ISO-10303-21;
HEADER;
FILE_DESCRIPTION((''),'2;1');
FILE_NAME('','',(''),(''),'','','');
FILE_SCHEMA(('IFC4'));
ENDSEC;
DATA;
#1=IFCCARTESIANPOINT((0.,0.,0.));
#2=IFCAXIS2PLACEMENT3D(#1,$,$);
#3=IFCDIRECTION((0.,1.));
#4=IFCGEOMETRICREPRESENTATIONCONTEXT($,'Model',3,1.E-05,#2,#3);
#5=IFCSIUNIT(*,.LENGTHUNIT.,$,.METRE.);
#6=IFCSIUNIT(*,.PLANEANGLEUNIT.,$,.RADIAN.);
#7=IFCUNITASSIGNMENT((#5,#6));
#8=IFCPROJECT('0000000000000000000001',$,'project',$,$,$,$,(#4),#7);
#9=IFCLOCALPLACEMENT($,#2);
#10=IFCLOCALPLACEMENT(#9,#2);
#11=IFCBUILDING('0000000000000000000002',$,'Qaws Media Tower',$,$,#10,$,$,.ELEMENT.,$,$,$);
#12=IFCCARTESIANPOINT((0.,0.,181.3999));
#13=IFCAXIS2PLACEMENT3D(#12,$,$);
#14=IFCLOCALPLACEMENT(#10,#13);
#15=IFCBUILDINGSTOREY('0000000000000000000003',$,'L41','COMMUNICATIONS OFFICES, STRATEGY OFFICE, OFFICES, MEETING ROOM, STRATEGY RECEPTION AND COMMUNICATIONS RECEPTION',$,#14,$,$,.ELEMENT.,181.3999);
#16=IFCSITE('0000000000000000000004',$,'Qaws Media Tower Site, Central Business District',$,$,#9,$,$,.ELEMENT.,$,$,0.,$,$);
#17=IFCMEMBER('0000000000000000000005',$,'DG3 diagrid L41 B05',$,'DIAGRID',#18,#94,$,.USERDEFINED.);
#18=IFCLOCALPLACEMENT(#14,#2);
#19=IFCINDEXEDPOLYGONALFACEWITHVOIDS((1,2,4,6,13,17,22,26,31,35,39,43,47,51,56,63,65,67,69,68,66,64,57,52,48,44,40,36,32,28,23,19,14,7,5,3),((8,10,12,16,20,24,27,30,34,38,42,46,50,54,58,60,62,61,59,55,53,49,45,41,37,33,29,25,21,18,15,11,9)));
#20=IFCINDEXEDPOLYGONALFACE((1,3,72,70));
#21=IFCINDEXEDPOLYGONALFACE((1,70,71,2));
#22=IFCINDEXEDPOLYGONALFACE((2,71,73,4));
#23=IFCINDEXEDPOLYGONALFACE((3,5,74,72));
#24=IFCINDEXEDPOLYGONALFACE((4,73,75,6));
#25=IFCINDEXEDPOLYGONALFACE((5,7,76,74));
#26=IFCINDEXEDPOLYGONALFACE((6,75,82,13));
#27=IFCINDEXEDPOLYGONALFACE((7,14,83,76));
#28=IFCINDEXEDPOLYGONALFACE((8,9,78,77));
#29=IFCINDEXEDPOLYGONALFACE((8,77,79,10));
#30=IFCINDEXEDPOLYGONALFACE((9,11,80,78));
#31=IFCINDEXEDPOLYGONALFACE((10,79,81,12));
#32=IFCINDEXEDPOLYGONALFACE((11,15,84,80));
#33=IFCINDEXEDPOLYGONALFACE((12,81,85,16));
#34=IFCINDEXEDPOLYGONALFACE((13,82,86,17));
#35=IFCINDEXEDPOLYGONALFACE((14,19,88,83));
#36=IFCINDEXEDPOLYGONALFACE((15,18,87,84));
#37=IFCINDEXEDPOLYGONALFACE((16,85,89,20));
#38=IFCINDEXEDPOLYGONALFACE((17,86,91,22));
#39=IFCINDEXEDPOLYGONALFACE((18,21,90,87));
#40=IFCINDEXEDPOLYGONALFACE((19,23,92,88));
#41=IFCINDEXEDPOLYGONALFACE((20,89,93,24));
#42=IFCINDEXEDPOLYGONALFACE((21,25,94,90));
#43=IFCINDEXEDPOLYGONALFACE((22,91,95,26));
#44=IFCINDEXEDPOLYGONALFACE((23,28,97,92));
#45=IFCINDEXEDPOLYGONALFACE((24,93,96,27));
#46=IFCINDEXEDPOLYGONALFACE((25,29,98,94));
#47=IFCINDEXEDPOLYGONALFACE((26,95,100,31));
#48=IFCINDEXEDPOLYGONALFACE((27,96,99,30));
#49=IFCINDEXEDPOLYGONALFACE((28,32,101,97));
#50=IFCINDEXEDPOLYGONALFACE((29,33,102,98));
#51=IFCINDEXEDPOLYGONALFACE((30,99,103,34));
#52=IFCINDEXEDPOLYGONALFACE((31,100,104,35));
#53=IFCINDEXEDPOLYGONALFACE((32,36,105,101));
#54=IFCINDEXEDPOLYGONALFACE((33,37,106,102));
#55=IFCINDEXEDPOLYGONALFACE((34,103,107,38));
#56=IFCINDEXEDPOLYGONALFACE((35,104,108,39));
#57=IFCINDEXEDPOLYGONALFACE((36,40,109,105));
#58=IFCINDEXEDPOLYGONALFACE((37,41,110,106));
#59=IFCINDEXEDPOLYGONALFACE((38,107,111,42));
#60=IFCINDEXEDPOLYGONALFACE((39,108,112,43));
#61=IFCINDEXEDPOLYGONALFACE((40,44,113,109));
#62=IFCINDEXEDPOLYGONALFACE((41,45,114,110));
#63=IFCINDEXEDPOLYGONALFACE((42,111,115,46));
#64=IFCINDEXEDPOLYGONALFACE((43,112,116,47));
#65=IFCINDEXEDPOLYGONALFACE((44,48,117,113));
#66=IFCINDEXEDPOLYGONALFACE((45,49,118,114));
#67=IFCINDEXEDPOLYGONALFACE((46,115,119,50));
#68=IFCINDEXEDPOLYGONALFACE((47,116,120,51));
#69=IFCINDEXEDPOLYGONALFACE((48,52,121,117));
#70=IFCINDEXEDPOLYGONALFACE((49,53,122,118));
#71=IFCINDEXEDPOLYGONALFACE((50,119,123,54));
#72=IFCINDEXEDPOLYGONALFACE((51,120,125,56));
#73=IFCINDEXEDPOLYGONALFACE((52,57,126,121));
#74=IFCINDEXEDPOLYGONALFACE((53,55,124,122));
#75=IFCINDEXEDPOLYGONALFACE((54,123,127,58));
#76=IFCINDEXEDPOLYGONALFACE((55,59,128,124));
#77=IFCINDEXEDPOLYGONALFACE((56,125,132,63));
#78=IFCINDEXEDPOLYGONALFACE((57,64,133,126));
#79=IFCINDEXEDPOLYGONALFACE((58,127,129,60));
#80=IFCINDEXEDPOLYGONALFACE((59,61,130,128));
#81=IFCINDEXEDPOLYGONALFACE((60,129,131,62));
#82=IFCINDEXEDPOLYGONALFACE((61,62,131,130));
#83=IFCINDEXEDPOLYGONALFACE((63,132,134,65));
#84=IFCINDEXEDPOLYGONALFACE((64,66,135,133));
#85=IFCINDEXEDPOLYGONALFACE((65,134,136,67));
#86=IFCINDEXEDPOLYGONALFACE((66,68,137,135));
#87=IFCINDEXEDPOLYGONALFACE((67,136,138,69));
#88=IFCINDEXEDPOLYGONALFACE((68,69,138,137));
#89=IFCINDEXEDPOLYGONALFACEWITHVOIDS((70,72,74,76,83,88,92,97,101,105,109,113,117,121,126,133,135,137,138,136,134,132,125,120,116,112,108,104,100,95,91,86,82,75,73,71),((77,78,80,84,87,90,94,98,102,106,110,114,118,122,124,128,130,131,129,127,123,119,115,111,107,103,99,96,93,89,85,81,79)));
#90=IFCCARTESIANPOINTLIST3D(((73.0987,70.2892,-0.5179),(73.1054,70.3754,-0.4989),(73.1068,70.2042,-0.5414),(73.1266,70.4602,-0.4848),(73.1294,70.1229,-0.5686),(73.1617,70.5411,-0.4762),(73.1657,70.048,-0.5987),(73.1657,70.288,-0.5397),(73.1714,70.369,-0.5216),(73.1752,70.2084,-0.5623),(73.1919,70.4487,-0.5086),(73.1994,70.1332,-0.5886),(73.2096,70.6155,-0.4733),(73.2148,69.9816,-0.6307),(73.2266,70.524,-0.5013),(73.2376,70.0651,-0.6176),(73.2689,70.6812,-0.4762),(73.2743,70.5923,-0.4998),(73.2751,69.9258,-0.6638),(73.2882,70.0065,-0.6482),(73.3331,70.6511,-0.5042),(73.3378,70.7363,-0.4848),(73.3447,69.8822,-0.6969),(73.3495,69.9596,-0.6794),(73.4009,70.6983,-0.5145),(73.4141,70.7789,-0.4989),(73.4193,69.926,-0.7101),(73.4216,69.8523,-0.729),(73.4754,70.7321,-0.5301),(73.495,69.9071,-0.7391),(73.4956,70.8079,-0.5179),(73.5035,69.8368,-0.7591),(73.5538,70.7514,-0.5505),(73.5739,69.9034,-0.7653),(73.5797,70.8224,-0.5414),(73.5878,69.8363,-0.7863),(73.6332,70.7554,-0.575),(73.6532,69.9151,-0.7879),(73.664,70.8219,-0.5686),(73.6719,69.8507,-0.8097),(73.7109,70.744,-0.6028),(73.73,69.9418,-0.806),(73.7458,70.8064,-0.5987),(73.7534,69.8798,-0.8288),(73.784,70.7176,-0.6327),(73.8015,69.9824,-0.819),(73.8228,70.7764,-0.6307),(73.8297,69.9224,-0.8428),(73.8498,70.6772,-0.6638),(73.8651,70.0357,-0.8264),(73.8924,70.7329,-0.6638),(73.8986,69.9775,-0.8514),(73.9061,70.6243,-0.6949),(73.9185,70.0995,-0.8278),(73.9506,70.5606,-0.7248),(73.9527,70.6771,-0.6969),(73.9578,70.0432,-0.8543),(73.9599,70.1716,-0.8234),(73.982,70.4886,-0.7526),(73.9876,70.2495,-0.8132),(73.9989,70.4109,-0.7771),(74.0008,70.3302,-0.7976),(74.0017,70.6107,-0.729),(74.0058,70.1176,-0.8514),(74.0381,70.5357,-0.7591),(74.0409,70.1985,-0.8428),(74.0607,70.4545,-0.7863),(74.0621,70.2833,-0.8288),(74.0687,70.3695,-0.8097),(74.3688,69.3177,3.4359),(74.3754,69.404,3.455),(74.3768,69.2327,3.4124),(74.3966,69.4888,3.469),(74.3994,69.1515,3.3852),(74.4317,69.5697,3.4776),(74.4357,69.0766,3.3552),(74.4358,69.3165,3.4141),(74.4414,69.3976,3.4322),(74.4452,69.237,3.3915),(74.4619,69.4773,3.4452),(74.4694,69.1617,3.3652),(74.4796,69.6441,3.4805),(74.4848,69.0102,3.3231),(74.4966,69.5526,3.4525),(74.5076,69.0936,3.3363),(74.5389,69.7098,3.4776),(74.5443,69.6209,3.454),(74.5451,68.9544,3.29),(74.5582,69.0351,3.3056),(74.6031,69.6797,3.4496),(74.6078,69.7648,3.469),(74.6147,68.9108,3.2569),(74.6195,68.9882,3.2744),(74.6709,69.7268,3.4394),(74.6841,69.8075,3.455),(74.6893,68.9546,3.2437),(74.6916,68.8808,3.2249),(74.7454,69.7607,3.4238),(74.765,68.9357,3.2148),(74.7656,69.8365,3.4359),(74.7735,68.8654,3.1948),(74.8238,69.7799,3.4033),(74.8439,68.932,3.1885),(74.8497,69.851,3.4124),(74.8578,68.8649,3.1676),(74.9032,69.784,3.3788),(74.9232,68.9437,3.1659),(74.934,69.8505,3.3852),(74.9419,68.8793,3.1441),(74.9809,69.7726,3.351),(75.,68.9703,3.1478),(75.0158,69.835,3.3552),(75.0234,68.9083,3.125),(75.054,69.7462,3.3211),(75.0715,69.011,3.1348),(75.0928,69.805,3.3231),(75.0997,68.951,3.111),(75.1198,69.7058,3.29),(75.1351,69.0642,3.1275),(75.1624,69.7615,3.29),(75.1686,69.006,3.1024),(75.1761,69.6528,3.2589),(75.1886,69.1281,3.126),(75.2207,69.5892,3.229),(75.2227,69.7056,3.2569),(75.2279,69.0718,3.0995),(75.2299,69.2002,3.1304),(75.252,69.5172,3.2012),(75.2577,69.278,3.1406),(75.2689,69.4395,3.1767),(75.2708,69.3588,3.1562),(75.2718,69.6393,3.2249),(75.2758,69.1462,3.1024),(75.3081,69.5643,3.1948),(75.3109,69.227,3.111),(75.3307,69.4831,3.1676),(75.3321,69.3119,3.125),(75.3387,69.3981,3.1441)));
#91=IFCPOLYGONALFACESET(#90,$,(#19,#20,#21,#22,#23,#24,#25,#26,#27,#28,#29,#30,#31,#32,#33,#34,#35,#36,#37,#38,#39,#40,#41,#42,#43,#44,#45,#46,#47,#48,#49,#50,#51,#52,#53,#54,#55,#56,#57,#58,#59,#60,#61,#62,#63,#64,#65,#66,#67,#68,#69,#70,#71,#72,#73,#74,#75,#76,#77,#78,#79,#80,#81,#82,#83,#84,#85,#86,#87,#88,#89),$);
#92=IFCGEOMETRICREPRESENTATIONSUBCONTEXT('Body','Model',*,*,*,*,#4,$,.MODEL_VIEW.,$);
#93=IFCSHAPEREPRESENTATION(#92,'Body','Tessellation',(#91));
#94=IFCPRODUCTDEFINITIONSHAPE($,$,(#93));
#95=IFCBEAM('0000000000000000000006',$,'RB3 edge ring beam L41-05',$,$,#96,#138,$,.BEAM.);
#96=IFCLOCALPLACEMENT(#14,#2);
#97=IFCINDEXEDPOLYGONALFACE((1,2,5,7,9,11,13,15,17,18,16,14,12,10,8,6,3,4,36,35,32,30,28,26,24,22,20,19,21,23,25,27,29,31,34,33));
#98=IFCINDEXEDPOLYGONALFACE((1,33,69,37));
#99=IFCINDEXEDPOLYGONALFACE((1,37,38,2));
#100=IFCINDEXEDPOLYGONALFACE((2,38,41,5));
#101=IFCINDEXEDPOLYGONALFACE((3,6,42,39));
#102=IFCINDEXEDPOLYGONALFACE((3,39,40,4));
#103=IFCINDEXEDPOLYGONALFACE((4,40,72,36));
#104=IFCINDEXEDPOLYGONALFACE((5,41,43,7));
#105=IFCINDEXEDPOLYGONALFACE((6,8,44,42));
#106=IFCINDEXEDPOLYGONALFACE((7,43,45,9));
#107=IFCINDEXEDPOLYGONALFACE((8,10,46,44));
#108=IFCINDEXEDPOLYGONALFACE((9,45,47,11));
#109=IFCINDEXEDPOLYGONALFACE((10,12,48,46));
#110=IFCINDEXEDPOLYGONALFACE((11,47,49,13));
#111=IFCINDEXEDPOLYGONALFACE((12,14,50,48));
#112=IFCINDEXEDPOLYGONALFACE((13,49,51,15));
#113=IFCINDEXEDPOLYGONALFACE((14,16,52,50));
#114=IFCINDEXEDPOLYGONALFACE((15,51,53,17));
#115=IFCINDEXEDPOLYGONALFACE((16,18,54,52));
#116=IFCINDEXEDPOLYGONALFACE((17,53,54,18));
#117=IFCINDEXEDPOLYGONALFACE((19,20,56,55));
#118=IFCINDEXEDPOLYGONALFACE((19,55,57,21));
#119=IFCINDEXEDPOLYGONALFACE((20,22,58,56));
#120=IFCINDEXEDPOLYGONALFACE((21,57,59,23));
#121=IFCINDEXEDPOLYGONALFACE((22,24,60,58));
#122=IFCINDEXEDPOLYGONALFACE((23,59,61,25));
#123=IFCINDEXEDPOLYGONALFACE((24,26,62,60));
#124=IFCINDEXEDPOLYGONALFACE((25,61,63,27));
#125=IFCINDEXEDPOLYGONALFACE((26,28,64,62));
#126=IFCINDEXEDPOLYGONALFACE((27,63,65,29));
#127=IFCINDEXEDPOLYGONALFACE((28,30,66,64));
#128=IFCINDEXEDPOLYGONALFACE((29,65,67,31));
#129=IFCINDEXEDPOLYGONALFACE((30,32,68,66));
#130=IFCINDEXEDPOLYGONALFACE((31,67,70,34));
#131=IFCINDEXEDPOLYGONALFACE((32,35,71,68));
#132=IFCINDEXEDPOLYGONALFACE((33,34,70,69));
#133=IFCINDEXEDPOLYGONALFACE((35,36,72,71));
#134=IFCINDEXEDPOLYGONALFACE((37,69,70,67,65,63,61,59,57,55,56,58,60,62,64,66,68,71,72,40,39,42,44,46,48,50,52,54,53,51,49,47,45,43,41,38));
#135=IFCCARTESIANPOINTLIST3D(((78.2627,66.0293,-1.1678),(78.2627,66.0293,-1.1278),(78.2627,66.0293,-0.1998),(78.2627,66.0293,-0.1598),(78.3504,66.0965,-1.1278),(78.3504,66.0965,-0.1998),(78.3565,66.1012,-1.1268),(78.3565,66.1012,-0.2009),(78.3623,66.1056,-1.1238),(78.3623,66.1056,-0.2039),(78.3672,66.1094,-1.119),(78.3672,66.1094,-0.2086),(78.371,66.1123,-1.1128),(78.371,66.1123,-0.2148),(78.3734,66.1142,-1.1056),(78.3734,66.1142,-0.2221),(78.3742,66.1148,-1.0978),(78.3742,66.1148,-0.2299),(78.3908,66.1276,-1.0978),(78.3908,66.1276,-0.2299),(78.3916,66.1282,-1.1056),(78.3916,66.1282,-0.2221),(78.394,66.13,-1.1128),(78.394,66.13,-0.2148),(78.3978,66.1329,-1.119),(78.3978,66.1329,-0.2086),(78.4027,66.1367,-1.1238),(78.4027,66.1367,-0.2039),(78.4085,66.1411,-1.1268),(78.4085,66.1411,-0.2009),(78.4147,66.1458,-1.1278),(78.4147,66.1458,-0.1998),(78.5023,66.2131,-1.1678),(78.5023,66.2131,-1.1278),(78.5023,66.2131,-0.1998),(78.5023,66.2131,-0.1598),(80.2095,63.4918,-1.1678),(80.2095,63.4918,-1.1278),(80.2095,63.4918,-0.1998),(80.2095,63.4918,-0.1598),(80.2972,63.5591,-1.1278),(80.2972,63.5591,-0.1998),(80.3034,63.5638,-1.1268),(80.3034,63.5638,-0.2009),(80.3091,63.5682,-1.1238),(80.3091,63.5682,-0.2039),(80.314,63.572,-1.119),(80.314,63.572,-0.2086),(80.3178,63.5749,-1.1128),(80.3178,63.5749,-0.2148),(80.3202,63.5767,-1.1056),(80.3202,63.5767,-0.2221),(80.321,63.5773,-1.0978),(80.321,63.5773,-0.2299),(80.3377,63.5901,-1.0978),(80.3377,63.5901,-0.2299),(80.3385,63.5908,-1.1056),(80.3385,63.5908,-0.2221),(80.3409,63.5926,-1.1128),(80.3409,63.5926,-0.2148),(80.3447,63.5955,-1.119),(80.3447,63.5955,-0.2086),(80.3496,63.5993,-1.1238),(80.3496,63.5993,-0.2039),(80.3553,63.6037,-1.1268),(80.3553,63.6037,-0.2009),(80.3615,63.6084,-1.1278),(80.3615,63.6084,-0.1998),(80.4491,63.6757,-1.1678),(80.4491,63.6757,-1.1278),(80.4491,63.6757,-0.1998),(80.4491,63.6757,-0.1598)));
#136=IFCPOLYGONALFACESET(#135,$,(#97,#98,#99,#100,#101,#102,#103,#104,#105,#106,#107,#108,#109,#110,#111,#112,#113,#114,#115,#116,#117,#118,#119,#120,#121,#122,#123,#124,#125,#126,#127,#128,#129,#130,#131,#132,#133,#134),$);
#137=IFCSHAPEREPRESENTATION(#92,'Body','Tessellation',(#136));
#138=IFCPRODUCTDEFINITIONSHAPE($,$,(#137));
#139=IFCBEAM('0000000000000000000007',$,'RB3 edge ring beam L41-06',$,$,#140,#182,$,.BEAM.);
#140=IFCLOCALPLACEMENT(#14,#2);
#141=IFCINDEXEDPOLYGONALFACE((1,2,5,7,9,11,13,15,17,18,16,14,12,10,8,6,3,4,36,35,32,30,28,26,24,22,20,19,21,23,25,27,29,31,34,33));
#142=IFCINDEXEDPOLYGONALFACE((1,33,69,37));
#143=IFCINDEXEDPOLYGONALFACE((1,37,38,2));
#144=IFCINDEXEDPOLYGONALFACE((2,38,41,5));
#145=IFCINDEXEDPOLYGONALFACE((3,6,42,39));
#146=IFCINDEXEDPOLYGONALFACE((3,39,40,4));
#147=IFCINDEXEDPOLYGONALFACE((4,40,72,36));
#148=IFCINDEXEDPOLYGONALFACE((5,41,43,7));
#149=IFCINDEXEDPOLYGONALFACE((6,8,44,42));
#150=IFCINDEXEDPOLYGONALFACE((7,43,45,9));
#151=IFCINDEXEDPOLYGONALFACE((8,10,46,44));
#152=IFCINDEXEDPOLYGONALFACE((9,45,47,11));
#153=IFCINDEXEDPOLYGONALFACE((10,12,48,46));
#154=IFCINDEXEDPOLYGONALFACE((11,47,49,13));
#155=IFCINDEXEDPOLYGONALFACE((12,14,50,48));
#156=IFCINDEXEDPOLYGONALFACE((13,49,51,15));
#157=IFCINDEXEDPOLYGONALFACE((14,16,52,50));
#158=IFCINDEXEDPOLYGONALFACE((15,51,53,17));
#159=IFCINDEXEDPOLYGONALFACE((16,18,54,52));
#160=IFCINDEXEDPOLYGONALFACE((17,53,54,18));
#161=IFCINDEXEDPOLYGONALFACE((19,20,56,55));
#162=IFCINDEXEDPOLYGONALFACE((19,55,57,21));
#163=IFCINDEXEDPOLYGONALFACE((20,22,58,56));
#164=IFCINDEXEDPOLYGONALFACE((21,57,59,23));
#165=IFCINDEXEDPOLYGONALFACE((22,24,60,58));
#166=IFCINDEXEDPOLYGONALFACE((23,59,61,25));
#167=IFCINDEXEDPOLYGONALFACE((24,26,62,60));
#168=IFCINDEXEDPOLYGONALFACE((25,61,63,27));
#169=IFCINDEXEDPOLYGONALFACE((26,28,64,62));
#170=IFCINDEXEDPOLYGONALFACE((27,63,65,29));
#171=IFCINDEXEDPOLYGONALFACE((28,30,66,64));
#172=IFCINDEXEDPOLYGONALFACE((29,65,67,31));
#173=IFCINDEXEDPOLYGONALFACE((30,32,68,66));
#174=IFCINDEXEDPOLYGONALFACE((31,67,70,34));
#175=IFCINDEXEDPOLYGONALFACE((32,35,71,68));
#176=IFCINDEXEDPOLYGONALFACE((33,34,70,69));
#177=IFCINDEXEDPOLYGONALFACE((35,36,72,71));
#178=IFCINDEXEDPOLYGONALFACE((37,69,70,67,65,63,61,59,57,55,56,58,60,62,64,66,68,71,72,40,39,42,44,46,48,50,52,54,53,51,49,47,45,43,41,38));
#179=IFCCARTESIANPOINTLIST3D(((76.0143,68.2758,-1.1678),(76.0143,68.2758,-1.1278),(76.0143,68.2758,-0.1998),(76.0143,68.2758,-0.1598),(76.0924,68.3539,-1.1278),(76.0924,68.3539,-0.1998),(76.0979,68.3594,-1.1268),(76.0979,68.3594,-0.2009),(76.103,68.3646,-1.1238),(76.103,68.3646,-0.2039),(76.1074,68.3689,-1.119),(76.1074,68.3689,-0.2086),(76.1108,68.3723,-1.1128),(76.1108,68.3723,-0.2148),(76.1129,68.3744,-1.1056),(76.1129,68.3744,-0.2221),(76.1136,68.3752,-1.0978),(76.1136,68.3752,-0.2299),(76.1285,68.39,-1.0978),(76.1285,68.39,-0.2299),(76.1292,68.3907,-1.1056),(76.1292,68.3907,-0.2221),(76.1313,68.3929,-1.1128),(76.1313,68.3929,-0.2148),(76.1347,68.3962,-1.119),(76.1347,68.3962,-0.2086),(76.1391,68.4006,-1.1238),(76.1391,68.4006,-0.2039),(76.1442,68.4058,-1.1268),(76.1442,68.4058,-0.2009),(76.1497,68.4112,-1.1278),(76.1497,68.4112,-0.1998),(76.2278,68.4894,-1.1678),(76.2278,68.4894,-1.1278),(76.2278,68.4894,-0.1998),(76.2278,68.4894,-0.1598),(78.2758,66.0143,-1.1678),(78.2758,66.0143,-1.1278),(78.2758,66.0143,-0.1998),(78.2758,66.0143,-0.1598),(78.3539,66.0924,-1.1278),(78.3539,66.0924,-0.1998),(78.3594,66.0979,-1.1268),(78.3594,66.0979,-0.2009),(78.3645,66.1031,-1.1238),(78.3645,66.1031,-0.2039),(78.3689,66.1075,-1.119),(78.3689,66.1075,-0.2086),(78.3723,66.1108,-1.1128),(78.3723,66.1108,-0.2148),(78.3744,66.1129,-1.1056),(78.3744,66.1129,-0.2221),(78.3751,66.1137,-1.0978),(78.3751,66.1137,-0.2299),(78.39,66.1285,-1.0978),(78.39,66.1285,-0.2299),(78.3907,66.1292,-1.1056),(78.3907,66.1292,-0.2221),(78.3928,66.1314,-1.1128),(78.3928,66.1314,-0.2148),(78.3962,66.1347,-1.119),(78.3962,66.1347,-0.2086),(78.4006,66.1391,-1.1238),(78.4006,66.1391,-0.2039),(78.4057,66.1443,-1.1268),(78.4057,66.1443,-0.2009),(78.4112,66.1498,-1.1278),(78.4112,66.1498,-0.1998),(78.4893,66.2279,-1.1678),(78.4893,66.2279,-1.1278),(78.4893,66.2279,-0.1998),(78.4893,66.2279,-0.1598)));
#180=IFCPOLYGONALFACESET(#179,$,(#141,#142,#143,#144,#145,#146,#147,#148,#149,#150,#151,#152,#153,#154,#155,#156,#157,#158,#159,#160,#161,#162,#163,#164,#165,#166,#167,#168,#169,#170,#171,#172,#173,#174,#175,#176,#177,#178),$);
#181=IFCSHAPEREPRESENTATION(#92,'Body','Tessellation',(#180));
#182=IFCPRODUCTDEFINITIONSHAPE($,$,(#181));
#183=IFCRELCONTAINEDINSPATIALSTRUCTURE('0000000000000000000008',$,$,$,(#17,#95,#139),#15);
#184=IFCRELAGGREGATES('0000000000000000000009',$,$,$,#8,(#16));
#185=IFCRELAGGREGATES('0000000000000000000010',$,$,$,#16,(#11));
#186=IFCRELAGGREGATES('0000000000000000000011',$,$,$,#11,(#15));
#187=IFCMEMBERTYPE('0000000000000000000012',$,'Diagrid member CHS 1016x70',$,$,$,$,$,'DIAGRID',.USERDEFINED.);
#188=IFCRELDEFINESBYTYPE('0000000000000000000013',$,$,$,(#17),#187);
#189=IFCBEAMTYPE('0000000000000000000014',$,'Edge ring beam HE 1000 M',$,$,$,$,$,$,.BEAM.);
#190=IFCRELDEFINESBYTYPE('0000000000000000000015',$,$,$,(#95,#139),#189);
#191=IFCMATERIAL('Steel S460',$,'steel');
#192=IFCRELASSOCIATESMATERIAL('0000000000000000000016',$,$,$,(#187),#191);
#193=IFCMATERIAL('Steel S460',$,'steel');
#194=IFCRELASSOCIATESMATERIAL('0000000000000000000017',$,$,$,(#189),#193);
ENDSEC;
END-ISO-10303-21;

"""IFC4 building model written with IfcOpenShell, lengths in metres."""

from ifc_helpers import new_model, si_unit, direction, frame, origin, origin_2d, place, context, subcontext, project, spatial, hollow_circle, i_section, extrude, material, material_profile, profile_set, type_object, element, save


model = new_model("IFC4")

# Units and contexts
model_context = context("Model", 3, precision=1e-05, world=origin(), true_north=direction((0.0, 1.0)))
body_context = subcontext(model_context, "Body", "Model", "MODEL_VIEW")
ifc_project = project(units=[si_unit("LENGTHUNIT", "METRE"), si_unit("PLANEANGLEUNIT", "RADIAN")], contexts=[model_context])

# Site, building, storey
site_placement = place(None, origin())
site = spatial("IfcSite", under=ifc_project, at=site_placement, Name="Qaws Media Tower Site, Central Business District", CompositionType="ELEMENT", RefElevation=0.0)
building_placement = place(site_placement, origin())
building = spatial("IfcBuilding", under=site, at=building_placement, Name="Qaws Media Tower", CompositionType="ELEMENT")
storey_placement = place(building_placement, frame((0.0, 0.0, 181.3999)))
storey = spatial("IfcBuildingStorey", under=building, at=storey_placement, Name="L41", Description="COMMUNICATIONS OFFICES, STRATEGY OFFICE, OFFICES, MEETING ROOM, STRATEGY RECEPTION AND COMMUNICATIONS RECEPTION", CompositionType="ELEMENT", Elevation=181.3999)

# Member
ifc_material_1 = material(Name="Steel S460", Category="steel")
ifc_material_profile_1 = material_profile(ifc_material_1, hollow_circle(Radius=0.5081, WallThickness=0.0701, at=origin_2d()), Name="CHS 1016x70")
ifc_profile_set_1 = profile_set([ifc_material_profile_1], Name="Steel S460")
member_type_1 = type_object("IfcMemberType", Name="Diagrid member CHS 1016x70", ElementType="DIAGRID", PredefinedType="USERDEFINED", material=ifc_profile_set_1)
member_1_placement = place(storey_placement, frame((73.5837, 70.3293, -0.6638), z_axis=(0.297782, -0.227773, 0.927063), x_axis=(0.607546, 0.794284, 0.0)))
element("IfcMember", 1, at=member_1_placement, inside=storey, type_object=member_type_1, Name="DG3 diagrid L41 B05", ObjectType="DIAGRID", PredefinedType="USERDEFINED", context=body_context, shape_type="SweptSolid", body=[
    extrude(hollow_circle(Radius=0.5081, WallThickness=0.0701, at=origin_2d()), origin(), (0.0, 0.0, 1.0), 4.2649),
])

# Beams
ifc_material_2 = material(Name="Steel S460", Category="steel")
ifc_material_profile_2 = material_profile(ifc_material_2, i_section(OverallWidth=0.302, OverallDepth=1.0081, WebThickness=0.021, FlangeThickness=0.04, FilletRadius=0.03, at=origin_2d()), Name="HE 1000 M")
ifc_profile_set_2 = profile_set([ifc_material_profile_2], Name="Steel S460")
beam_type = type_object("IfcBeamType", Name="Edge ring beam HE 1000 M", PredefinedType="BEAM", material=ifc_profile_set_2)
for number, where, z_axis, x_axis, name in (
    (2, (80.3293, 63.5837, -0.6638), (-0.608722, 0.793384, 0.0), (-0.793384, -0.608722, 0.0), "RB3 edge ring beam L41-05"),
    (3, (78.3826, 66.1211, -0.6638), (-0.707107, 0.707107, 0.0), (-0.707107, -0.707107, 0.0), "RB3 edge ring beam L41-06"),
):
    element("IfcBeam", number, at=place(storey_placement, frame(where, z_axis=z_axis, x_axis=x_axis)), inside=storey, type_object=beam_type, Name=name, PredefinedType="BEAM", context=body_context, shape_type="SweptSolid", body=[
        extrude(i_section(OverallWidth=0.302, OverallDepth=1.0081, WebThickness=0.021, FlangeThickness=0.04, FilletRadius=0.03, at=origin_2d()), origin(), (0.0, 0.0, 1.0), 3.1982),
    ])

save(model, "model.ifc")
